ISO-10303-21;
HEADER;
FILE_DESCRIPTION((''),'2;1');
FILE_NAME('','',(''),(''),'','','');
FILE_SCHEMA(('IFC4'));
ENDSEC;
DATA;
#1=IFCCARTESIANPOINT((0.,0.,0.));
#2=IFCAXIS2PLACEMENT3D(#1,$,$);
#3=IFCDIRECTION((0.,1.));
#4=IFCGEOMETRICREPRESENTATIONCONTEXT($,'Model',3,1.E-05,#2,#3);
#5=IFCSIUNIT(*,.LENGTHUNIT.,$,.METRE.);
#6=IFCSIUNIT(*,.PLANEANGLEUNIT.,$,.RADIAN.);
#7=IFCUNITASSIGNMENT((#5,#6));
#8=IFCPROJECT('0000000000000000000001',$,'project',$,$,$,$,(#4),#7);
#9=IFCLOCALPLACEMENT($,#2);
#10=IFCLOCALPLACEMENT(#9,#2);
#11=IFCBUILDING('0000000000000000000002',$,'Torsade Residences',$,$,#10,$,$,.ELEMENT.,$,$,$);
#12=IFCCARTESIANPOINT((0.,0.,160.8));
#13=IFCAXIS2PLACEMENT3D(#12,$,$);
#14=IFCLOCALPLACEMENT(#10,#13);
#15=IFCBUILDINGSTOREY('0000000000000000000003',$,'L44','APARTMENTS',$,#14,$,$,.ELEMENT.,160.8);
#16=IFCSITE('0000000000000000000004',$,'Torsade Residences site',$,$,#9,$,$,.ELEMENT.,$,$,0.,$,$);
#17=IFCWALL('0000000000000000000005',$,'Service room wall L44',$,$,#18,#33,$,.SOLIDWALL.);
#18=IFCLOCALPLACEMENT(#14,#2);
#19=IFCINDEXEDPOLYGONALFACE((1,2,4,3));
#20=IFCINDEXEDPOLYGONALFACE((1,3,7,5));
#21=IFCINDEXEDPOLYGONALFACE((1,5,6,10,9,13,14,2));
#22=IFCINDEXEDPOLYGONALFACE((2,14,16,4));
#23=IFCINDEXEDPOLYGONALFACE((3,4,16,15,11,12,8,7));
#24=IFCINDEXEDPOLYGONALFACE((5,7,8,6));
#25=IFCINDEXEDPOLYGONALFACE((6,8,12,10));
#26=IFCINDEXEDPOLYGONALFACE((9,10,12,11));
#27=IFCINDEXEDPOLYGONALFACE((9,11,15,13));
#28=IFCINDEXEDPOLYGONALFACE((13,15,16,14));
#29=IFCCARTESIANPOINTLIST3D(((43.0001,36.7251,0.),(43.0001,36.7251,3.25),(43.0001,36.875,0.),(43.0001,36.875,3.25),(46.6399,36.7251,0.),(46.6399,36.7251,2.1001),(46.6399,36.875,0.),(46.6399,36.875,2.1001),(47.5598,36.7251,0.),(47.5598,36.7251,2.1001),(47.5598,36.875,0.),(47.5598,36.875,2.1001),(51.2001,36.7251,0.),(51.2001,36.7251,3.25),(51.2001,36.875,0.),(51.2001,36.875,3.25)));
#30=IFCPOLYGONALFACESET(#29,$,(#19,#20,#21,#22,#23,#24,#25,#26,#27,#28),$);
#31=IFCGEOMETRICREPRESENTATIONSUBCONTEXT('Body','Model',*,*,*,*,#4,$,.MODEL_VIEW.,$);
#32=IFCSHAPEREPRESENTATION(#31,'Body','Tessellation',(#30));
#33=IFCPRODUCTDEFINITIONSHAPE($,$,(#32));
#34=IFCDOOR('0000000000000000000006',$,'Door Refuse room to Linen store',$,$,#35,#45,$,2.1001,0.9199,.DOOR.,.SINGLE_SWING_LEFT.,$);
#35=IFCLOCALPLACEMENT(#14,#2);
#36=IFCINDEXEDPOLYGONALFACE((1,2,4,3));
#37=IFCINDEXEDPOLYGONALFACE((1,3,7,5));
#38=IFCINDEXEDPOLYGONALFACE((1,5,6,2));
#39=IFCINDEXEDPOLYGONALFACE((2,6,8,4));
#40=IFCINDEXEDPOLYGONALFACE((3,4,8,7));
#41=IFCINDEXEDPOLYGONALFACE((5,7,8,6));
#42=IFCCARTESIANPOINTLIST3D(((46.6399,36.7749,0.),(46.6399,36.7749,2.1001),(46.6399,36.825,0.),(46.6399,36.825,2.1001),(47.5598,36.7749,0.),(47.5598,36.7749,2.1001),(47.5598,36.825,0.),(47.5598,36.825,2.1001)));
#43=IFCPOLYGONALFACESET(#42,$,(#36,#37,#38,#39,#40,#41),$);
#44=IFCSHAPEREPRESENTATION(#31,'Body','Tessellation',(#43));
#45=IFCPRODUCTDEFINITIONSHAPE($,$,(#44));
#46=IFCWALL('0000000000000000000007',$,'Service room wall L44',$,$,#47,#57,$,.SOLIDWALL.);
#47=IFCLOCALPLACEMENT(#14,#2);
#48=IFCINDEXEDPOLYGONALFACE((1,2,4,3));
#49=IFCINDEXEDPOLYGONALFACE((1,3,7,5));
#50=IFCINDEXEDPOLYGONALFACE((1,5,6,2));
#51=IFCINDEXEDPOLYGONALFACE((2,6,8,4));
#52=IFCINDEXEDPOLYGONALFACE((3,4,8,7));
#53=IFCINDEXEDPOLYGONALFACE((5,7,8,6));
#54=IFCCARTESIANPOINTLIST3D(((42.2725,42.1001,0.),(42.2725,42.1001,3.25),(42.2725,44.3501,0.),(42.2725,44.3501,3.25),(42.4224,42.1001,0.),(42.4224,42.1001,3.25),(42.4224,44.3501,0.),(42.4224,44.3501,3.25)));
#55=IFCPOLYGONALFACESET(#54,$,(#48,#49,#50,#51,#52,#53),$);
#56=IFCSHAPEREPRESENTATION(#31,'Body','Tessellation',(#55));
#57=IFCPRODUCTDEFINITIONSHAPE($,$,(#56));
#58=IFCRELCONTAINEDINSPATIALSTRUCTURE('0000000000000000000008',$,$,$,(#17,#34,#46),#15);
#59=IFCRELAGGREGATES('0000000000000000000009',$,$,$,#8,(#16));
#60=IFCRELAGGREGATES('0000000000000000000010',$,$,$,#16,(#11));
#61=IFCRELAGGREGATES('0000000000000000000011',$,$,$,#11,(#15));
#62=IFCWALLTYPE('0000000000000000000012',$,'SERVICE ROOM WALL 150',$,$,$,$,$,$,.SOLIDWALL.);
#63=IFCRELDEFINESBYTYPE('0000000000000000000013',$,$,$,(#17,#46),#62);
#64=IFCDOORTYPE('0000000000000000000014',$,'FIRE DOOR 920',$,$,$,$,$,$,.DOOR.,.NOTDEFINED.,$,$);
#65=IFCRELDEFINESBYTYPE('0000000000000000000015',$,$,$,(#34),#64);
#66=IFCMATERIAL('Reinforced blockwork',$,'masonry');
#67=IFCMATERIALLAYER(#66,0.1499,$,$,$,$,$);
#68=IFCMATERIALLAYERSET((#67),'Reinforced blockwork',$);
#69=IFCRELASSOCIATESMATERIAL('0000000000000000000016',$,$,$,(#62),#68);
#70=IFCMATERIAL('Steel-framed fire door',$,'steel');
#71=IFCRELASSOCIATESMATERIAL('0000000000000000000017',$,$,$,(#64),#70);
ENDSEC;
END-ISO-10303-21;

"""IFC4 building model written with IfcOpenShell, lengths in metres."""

from ifc_helpers import new_model, si_unit, direction, frame, frame_2d, origin, place, context, subcontext, project, spatial, rectangle, extrude, material, layer, layer_set, type_object, element, fill, save


model = new_model("IFC4")

# Units and contexts
model_context = context("Model", 3, precision=1e-05, world=origin(), true_north=direction((0.0, 1.0)))
body_context = subcontext(model_context, "Body", "Model", "MODEL_VIEW")
ifc_project = project(units=[si_unit("LENGTHUNIT", "METRE"), si_unit("PLANEANGLEUNIT", "RADIAN")], contexts=[model_context])

# Site, building, storey
site_placement = place(None, origin())
site = spatial("IfcSite", under=ifc_project, at=site_placement, Name="Torsade Residences site", CompositionType="ELEMENT", RefElevation=0.0)
building_placement = place(site_placement, origin())
building = spatial("IfcBuilding", under=site, at=building_placement, Name="Torsade Residences", CompositionType="ELEMENT")
storey_placement = place(building_placement, frame((0.0, 0.0, 160.8)))
storey = spatial("IfcBuildingStorey", under=building, at=storey_placement, Name="L44", Description="APARTMENTS", CompositionType="ELEMENT", Elevation=160.8)

# Shared definitions
ifc_material_1 = material(Name="Reinforced blockwork", Category="masonry")
ifc_layer_1 = layer(ifc_material_1, 0.1499)
ifc_layer_set_1 = layer_set([ifc_layer_1], Name="Reinforced blockwork")
wall_type_1 = type_object("IfcWallType", Name="SERVICE ROOM WALL 150", PredefinedType="SOLIDWALL", material=ifc_layer_set_1)

# Wall, opening, door
wall_1_placement = place(storey_placement, frame((43.0, 36.8, 0.0), z_axis=(0.0, 0.0, 1.0), x_axis=(1.0, 0.0, 0.0)))
wall_1 = element("IfcWall", 1, at=wall_1_placement, inside=storey, type_object=wall_type_1, Name="Service room wall L44", PredefinedType="SOLIDWALL", context=body_context, shape_type="SweptSolid", body=[
    extrude(rectangle(XDim=8.2, YDim=0.1499, at=frame_2d((4.1001, 0.0))), origin(), (0.0, 0.0, 1.0), 3.25),
])
opening_placement = place(wall_1_placement, frame((3.6399, 0.0, 0.0)))
opening = element("IfcOpeningElement", 2, at=opening_placement, cuts=wall_1, PredefinedType="OPENING", context=body_context, shape_type="SweptSolid", body=[
    extrude(rectangle(XDim=0.9199, YDim=2.1001, at=frame_2d((0.46, 1.05))), frame((0.0, 0.085, 0.0), z_axis=(0.0, -1.0, 0.0), x_axis=(1.0, 0.0, 0.0)), (0.0, 0.0, 1.0), 0.1699),
])
ifc_material_2 = material(Name="Steel-framed fire door", Category="steel")
door_type = type_object("IfcDoorType", Name="FIRE DOOR 920", OperationType="NOTDEFINED", PredefinedType="DOOR", material=ifc_material_2)
door_placement = place(opening_placement, origin())
door = element("IfcDoor", 3, at=door_placement, inside=storey, type_object=door_type, Name="Door Refuse room to Linen store", OperationType="SINGLE_SWING_LEFT", OverallHeight=2.1001, OverallWidth=0.9199, PredefinedType="DOOR", context=body_context, shape_type="SweptSolid", body=[
    extrude(rectangle(XDim=0.9199, YDim=2.1001, at=frame_2d((0.46, 1.05))), frame((0.0, 0.0249, 0.0), z_axis=(0.0, -1.0, 0.0), x_axis=(1.0, 0.0, 0.0)), (0.0, 0.0, 1.0), 0.05),
])
fill(opening, door)

# Wall
wall_2_placement = place(storey_placement, frame((42.3474, 42.1001, 0.0), z_axis=(0.0, 0.0, 1.0), x_axis=(0.0, 1.0, 0.0)))
element("IfcWall", 4, at=wall_2_placement, inside=storey, type_object=wall_type_1, Name="Service room wall L44", PredefinedType="SOLIDWALL", context=body_context, shape_type="SweptSolid", body=[
    extrude(rectangle(XDim=2.25, YDim=0.1499, at=frame_2d((1.125, 0.0))), origin(), (0.0, 0.0, 1.0), 3.25),
])

save(model, "model.ifc")
